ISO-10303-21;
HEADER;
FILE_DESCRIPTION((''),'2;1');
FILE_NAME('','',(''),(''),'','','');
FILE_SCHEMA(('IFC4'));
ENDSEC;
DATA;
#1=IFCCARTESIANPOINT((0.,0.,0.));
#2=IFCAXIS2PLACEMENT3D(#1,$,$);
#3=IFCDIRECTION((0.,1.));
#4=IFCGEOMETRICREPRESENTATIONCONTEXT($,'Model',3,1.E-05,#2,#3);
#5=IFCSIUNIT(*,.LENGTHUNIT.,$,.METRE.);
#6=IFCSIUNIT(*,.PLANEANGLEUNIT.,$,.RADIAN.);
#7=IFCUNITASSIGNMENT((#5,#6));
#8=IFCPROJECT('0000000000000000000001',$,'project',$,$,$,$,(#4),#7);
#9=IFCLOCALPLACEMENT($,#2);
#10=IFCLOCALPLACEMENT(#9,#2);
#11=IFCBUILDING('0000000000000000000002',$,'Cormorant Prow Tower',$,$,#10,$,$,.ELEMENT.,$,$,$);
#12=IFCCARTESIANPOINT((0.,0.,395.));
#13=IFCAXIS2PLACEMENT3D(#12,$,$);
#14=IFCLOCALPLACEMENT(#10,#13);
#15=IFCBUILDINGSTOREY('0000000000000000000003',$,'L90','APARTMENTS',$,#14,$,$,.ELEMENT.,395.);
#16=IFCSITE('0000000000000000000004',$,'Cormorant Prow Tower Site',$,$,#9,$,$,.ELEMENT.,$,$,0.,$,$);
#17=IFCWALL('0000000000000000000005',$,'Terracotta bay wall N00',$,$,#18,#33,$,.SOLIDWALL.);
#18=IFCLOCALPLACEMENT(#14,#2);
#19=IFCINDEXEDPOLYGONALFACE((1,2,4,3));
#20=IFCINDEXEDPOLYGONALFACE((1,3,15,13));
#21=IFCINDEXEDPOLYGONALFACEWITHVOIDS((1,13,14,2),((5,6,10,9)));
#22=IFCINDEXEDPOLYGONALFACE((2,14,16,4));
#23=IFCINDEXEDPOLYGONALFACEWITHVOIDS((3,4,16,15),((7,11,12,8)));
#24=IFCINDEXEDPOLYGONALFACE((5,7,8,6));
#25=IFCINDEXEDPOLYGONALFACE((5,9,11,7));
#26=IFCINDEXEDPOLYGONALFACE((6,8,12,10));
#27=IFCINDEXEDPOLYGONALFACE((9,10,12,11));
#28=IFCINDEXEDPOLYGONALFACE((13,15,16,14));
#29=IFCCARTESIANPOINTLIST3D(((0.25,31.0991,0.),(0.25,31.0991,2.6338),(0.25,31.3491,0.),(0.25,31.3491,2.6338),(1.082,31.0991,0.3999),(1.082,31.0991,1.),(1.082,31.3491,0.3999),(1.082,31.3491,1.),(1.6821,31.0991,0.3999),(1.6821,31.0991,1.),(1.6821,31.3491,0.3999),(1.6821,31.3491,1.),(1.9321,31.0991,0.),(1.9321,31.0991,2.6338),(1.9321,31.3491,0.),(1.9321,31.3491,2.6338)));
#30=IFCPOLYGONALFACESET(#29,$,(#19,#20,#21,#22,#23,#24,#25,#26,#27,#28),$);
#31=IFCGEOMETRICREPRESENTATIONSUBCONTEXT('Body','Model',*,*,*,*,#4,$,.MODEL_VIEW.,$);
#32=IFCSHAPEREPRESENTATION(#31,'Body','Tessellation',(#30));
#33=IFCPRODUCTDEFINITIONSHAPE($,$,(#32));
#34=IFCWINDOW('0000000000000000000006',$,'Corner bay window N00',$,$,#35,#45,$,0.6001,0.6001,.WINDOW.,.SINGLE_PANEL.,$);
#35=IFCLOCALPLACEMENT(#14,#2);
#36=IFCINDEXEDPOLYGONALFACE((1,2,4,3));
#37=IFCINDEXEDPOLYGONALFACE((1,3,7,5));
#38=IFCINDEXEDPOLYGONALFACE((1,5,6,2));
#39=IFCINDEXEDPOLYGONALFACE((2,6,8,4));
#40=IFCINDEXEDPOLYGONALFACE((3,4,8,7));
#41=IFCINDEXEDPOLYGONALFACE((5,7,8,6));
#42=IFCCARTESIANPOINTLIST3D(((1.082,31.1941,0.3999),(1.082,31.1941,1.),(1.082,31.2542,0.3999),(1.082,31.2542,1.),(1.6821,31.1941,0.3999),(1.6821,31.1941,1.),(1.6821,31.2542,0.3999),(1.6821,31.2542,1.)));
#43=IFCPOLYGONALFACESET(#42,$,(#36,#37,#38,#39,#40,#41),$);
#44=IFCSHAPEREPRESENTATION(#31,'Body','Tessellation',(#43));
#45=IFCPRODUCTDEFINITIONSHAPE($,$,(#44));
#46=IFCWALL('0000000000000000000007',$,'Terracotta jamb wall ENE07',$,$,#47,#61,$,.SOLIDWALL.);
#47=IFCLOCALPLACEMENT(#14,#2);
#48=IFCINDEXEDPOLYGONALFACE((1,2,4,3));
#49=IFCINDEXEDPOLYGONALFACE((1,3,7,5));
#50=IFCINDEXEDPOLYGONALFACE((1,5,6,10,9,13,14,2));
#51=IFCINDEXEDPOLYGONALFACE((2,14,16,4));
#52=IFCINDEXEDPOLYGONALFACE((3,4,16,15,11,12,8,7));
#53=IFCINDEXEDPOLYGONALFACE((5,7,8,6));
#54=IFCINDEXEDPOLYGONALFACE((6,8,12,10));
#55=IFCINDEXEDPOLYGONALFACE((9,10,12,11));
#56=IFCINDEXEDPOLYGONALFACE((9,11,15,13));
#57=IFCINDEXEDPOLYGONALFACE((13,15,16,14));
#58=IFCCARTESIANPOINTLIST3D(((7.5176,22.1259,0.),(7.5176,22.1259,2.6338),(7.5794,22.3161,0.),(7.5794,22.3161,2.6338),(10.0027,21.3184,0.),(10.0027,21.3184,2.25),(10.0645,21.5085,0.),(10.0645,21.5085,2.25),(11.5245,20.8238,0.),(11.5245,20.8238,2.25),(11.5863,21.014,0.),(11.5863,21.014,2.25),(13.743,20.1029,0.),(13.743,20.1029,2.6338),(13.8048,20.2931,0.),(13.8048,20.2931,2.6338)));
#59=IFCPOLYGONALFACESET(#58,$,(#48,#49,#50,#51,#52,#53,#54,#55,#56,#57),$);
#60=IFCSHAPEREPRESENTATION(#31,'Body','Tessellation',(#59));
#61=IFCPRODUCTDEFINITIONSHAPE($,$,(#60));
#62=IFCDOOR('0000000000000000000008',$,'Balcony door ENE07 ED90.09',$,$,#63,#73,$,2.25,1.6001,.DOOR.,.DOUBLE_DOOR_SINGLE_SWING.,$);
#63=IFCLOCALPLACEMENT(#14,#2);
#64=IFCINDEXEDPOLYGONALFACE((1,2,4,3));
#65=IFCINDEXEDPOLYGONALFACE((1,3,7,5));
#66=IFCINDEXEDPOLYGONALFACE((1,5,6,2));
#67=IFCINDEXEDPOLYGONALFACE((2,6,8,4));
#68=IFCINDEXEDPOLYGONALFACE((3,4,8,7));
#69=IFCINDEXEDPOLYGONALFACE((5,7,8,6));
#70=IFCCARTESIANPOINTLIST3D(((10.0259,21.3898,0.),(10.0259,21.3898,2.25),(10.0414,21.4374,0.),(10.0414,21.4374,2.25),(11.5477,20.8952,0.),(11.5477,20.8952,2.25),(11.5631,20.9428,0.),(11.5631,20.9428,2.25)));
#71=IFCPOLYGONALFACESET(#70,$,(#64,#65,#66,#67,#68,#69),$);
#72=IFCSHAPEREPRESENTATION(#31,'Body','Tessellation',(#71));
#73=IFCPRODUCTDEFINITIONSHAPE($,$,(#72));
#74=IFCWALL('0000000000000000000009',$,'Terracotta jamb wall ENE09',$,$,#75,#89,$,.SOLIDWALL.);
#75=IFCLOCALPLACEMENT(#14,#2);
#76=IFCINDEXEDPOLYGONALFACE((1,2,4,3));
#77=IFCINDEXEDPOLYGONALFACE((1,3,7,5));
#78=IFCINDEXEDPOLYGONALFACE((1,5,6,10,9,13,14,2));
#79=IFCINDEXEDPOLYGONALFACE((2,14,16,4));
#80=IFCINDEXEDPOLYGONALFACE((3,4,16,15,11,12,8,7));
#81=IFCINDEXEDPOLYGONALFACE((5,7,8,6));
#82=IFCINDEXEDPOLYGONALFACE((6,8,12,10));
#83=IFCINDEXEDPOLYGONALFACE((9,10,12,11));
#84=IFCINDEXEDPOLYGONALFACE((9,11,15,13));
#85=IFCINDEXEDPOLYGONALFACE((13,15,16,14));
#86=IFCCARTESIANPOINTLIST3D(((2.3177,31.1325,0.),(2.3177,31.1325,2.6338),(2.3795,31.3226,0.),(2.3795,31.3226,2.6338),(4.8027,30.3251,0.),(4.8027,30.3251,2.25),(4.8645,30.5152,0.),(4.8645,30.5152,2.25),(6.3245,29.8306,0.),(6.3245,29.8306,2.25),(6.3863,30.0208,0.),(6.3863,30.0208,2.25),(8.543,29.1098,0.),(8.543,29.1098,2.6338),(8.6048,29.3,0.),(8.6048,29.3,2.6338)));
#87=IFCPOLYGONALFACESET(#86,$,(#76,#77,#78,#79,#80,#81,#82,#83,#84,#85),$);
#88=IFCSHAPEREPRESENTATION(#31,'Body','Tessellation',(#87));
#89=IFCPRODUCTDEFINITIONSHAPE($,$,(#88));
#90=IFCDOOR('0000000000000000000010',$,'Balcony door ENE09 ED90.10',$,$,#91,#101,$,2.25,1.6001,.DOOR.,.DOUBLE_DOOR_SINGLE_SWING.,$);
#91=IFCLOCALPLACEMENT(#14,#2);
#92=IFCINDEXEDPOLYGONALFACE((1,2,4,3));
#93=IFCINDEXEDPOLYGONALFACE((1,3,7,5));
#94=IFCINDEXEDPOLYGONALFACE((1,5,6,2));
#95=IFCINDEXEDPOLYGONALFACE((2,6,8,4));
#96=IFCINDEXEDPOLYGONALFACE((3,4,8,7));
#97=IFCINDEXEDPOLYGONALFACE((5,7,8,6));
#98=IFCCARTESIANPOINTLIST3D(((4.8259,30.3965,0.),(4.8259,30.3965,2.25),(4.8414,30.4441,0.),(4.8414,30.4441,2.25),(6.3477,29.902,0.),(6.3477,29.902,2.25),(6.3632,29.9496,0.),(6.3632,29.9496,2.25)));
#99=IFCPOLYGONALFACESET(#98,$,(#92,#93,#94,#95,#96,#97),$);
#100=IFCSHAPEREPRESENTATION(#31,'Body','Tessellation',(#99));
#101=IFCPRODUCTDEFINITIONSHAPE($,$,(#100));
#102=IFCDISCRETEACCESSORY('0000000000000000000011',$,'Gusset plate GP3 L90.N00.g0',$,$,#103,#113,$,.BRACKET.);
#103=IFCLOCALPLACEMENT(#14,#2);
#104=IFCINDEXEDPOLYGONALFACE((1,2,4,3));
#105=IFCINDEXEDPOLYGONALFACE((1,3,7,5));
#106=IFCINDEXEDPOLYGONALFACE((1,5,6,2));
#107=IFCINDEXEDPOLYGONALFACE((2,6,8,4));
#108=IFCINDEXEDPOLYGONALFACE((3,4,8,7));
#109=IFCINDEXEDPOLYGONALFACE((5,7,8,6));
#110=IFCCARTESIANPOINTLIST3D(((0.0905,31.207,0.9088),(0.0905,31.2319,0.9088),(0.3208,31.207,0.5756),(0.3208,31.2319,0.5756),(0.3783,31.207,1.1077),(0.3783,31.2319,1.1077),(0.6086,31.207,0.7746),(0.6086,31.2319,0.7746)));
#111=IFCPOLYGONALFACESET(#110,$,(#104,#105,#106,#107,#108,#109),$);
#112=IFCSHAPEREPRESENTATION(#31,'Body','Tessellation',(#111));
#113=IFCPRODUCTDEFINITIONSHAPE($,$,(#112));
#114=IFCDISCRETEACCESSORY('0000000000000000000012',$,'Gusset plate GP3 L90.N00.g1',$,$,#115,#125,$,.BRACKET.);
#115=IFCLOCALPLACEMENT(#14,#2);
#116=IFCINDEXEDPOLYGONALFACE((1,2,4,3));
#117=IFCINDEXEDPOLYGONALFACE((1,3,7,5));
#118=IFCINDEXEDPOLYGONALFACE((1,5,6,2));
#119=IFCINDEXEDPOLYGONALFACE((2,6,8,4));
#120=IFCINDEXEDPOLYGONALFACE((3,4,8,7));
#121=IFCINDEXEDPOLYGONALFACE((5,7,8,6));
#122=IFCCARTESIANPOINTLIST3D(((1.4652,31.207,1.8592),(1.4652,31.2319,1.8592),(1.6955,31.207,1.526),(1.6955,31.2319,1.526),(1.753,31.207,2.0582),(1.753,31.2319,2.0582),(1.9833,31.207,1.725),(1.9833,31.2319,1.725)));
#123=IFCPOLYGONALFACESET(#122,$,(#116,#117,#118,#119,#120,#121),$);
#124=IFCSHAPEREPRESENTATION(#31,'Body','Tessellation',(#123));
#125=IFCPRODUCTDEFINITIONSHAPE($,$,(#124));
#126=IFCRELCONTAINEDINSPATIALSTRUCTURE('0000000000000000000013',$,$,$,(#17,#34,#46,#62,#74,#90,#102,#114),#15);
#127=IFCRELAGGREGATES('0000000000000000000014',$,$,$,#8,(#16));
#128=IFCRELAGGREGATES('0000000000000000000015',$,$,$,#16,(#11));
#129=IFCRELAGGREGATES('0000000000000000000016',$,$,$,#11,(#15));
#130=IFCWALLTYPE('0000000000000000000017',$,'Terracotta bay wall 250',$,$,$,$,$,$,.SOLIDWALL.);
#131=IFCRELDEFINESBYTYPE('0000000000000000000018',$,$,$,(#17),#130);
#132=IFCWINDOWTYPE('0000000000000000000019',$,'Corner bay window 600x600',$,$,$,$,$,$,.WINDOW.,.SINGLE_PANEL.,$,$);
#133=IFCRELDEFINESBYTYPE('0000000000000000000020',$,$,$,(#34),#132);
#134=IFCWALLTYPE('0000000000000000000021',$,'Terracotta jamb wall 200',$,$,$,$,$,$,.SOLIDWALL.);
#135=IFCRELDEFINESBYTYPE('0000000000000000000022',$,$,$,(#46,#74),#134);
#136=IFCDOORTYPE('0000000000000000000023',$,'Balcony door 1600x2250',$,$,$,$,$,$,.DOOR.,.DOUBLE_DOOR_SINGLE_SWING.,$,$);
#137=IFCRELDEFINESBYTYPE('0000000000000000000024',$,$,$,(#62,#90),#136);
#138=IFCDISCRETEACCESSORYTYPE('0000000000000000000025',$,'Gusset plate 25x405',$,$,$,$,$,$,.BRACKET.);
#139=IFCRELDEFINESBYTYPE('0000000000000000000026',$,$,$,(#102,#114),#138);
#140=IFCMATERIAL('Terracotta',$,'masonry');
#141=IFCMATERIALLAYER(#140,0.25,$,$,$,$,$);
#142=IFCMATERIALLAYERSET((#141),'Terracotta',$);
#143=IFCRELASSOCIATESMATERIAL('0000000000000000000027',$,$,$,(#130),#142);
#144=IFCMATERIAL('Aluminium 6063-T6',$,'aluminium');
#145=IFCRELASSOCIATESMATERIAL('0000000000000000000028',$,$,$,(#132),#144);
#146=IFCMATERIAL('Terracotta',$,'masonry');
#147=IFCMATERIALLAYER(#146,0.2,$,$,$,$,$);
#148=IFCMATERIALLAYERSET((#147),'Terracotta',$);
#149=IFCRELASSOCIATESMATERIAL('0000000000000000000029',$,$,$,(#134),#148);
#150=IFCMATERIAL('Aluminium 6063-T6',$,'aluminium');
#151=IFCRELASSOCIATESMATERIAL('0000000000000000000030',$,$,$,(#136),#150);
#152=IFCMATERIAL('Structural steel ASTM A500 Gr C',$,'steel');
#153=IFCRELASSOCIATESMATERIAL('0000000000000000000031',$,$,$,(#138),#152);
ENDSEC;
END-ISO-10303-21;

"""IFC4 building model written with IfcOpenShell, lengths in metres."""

from ifc_helpers import new_model, si_unit, direction, frame, frame_2d, origin, origin_2d, place, context, subcontext, project, spatial, rectangle, extrude, material, layer, layer_set, material_profile, profile_set, type_object, element, fill, save


model = new_model("IFC4")

# Units and contexts
model_context = context("Model", 3, precision=1e-05, world=origin(), true_north=direction((0.0, 1.0)))
body_context = subcontext(model_context, "Body", "Model", "MODEL_VIEW")
ifc_project = project(units=[si_unit("LENGTHUNIT", "METRE"), si_unit("PLANEANGLEUNIT", "RADIAN")], contexts=[model_context])

# Site, building, storey
site_placement = place(None, origin())
site = spatial("IfcSite", under=ifc_project, at=site_placement, Name="Cormorant Prow Tower Site", CompositionType="ELEMENT", RefElevation=0.0)
building_placement = place(site_placement, origin())
building = spatial("IfcBuilding", under=site, at=building_placement, Name="Cormorant Prow Tower", CompositionType="ELEMENT")
storey_placement = place(building_placement, frame((0.0, 0.0, 395.0)))
storey = spatial("IfcBuildingStorey", under=building, at=storey_placement, Name="L90", Description="APARTMENTS", CompositionType="ELEMENT", Elevation=395.0)

# Wall, opening, window
ifc_material_1 = material(Name="Terracotta", Category="masonry")
ifc_layer_1 = layer(ifc_material_1, 0.25)
ifc_layer_set_1 = layer_set([ifc_layer_1], Name="Terracotta")
wall_type_1 = type_object("IfcWallType", Name="Terracotta bay wall 250", PredefinedType="SOLIDWALL", material=ifc_layer_set_1)
wall_1_placement = place(storey_placement, frame((1.9321, 31.2241, 0.0), z_axis=(0.0, 0.0, 1.0), x_axis=(-1.0, 0.0, 0.0)))
wall_1 = element("IfcWall", 1, at=wall_1_placement, inside=storey, type_object=wall_type_1, Name="Terracotta bay wall N00", PredefinedType="SOLIDWALL", context=body_context, shape_type="SweptSolid", body=[
    extrude(rectangle(XDim=1.6821, YDim=0.25, at=frame_2d((0.8411, 0.0))), origin(), (0.0, 0.0, 1.0), 2.6338),
])
opening_1_placement = place(wall_1_placement, frame((0.25, 0.0, 0.3999)))
opening_1 = element("IfcOpeningElement", 2, at=opening_1_placement, cuts=wall_1, PredefinedType="OPENING", context=body_context, shape_type="SweptSolid", body=[
    extrude(rectangle(XDim=0.6001, YDim=0.6001, at=frame_2d((0.3, 0.3))), frame((0.0, 0.135, 0.0), z_axis=(0.0, -1.0, 0.0), x_axis=(1.0, 0.0, 0.0)), (0.0, 0.0, 1.0), 0.27),
])
ifc_material_2 = material(Name="Aluminium 6063-T6", Category="aluminium")
window_type = type_object("IfcWindowType", Name="Corner bay window 600x600", PartitioningType="SINGLE_PANEL", PredefinedType="WINDOW", material=ifc_material_2)
window_placement = place(opening_1_placement, origin())
window = element("IfcWindow", 3, at=window_placement, inside=storey, type_object=window_type, Name="Corner bay window N00", OverallHeight=0.6001, OverallWidth=0.6001, PartitioningType="SINGLE_PANEL", PredefinedType="WINDOW", context=body_context, shape_type="SweptSolid", body=[
    extrude(rectangle(XDim=0.6001, YDim=0.6001, at=frame_2d((0.3, 0.3))), frame((0.0, 0.03, 0.0), z_axis=(0.0, -1.0, 0.0), x_axis=(1.0, 0.0, 0.0)), (0.0, 0.0, 1.0), 0.0601),
])
fill(opening_1, window)

# Walls, openings, doors
ifc_material_3 = material(Name="Terracotta", Category="masonry")
ifc_layer_2 = layer(ifc_material_3, 0.2)
ifc_layer_set_2 = layer_set([ifc_layer_2], Name="Terracotta")
wall_type_2 = type_object("IfcWallType", Name="Terracotta jamb wall 200", PredefinedType="SOLIDWALL", material=ifc_layer_set_2)
wall_2_placement = place(storey_placement, frame((13.7739, 20.198, 0.0), z_axis=(0.0, 0.0, 1.0), x_axis=(-0.951047, 0.309046, 0.0)))
wall_2 = element("IfcWall", 4, at=wall_2_placement, inside=storey, type_object=wall_type_2, Name="Terracotta jamb wall ENE07", PredefinedType="SOLIDWALL", context=body_context, shape_type="SweptSolid", body=[
    extrude(rectangle(XDim=6.5459, YDim=0.2, at=frame_2d((3.2729, 0.0))), origin(), (0.0, 0.0, 1.0), 2.6338),
])
opening_2_placement = place(wall_2_placement, frame((2.3328, 0.0, 0.0)))
opening_2 = element("IfcOpeningElement", 5, at=opening_2_placement, cuts=wall_2, PredefinedType="OPENING", context=body_context, shape_type="SweptSolid", body=[
    extrude(rectangle(XDim=1.6001, YDim=2.25, at=frame_2d((0.8, 1.125))), frame((0.0, 0.1099, 0.0), z_axis=(0.0, -1.0, 0.0), x_axis=(1.0, 0.0, 0.0)), (0.0, 0.0, 1.0), 0.22),
])
ifc_material_4 = material(Name="Aluminium 6063-T6", Category="aluminium")
door_type_1 = type_object("IfcDoorType", Name="Balcony door 1600x2250", OperationType="DOUBLE_DOOR_SINGLE_SWING", PredefinedType="DOOR", material=ifc_material_4)
door_1_placement = place(opening_2_placement, origin())
door_1 = element("IfcDoor", 6, at=door_1_placement, inside=storey, type_object=door_type_1, Name="Balcony door ENE07 ED90.09", OperationType="DOUBLE_DOOR_SINGLE_SWING", OverallHeight=2.25, OverallWidth=1.6001, PredefinedType="DOOR", context=body_context, shape_type="SweptSolid", body=[
    extrude(rectangle(XDim=1.6001, YDim=2.25, at=frame_2d((0.8, 1.125))), frame((0.0, 0.0249, 0.0), z_axis=(0.0, -1.0, 0.0), x_axis=(1.0, 0.0, 0.0)), (0.0, 0.0, 1.0), 0.05),
])
fill(opening_2, door_1)
wall_3_placement = place(storey_placement, frame((8.574, 29.2048, 0.0), z_axis=(0.0, 0.0, 1.0), x_axis=(-0.951058, 0.309013, 0.0)))
wall_3 = element("IfcWall", 7, at=wall_3_placement, inside=storey, type_object=wall_type_2, Name="Terracotta jamb wall ENE09", PredefinedType="SOLIDWALL", context=body_context, shape_type="SweptSolid", body=[
    extrude(rectangle(XDim=6.5457, YDim=0.2, at=frame_2d((3.2729, 0.0))), origin(), (0.0, 0.0, 1.0), 2.6338),
])
opening_3_placement = place(wall_3_placement, frame((2.3328, 0.0, 0.0)))
opening_3 = element("IfcOpeningElement", 8, at=opening_3_placement, cuts=wall_3, PredefinedType="OPENING", context=body_context, shape_type="SweptSolid", body=[
    extrude(rectangle(XDim=1.6001, YDim=2.25, at=frame_2d((0.8, 1.125))), frame((0.0, 0.1099, 0.0), z_axis=(0.0, -1.0, 0.0), x_axis=(1.0, 0.0, 0.0)), (0.0, 0.0, 1.0), 0.22),
])
door_2_placement = place(opening_3_placement, origin())
door_2 = element("IfcDoor", 9, at=door_2_placement, inside=storey, type_object=door_type_1, Name="Balcony door ENE09 ED90.10", OperationType="DOUBLE_DOOR_SINGLE_SWING", OverallHeight=2.25, OverallWidth=1.6001, PredefinedType="DOOR", context=body_context, shape_type="SweptSolid", body=[
    extrude(rectangle(XDim=1.6001, YDim=2.25, at=frame_2d((0.8, 1.125))), frame((0.0, 0.0249, 0.0), z_axis=(0.0, -1.0, 0.0), x_axis=(1.0, 0.0, 0.0)), (0.0, 0.0, 1.0), 0.05),
])
fill(opening_3, door_2)

# Discrete accessories
ifc_material_5 = material(Name="Structural steel ASTM A500 Gr C", Category="steel")
ifc_material_profile_1 = material_profile(ifc_material_5, rectangle(XDim=0.0249, YDim=0.405, at=origin_2d()), Name="Gusset plate 25x405")
ifc_profile_set_1 = profile_set([ifc_material_profile_1], Name="Structural steel ASTM A500 Gr C")
discrete_accessory_type = type_object("IfcDiscreteAccessoryType", Name="Gusset plate 25x405", PredefinedType="BRACKET", material=ifc_profile_set_1)
for number, where, z_axis, x_axis, name in (
    (10, (0.4934, 31.2195, 0.9412), (-0.822594, 0.0, -0.568629), (0.0, -1.0, 0.0), "Gusset plate GP3 L90.N00.g0"),
    (11, (1.5803, 31.2195, 1.6926), (0.822594, 0.0, 0.568629), (0.0, 1.0, 0.0), "Gusset plate GP3 L90.N00.g1"),
):
    element("IfcDiscreteAccessory", number, at=place(storey_placement, frame(where, z_axis=z_axis, x_axis=x_axis)), inside=storey, type_object=discrete_accessory_type, Name=name, PredefinedType="BRACKET", context=body_context, shape_type="SweptSolid", body=[
        extrude(rectangle(XDim=0.0249, YDim=0.405, at=origin_2d()), origin(), (0.0, 0.0, 1.0), 0.3499),
    ])

save(model, "model.ifc")
